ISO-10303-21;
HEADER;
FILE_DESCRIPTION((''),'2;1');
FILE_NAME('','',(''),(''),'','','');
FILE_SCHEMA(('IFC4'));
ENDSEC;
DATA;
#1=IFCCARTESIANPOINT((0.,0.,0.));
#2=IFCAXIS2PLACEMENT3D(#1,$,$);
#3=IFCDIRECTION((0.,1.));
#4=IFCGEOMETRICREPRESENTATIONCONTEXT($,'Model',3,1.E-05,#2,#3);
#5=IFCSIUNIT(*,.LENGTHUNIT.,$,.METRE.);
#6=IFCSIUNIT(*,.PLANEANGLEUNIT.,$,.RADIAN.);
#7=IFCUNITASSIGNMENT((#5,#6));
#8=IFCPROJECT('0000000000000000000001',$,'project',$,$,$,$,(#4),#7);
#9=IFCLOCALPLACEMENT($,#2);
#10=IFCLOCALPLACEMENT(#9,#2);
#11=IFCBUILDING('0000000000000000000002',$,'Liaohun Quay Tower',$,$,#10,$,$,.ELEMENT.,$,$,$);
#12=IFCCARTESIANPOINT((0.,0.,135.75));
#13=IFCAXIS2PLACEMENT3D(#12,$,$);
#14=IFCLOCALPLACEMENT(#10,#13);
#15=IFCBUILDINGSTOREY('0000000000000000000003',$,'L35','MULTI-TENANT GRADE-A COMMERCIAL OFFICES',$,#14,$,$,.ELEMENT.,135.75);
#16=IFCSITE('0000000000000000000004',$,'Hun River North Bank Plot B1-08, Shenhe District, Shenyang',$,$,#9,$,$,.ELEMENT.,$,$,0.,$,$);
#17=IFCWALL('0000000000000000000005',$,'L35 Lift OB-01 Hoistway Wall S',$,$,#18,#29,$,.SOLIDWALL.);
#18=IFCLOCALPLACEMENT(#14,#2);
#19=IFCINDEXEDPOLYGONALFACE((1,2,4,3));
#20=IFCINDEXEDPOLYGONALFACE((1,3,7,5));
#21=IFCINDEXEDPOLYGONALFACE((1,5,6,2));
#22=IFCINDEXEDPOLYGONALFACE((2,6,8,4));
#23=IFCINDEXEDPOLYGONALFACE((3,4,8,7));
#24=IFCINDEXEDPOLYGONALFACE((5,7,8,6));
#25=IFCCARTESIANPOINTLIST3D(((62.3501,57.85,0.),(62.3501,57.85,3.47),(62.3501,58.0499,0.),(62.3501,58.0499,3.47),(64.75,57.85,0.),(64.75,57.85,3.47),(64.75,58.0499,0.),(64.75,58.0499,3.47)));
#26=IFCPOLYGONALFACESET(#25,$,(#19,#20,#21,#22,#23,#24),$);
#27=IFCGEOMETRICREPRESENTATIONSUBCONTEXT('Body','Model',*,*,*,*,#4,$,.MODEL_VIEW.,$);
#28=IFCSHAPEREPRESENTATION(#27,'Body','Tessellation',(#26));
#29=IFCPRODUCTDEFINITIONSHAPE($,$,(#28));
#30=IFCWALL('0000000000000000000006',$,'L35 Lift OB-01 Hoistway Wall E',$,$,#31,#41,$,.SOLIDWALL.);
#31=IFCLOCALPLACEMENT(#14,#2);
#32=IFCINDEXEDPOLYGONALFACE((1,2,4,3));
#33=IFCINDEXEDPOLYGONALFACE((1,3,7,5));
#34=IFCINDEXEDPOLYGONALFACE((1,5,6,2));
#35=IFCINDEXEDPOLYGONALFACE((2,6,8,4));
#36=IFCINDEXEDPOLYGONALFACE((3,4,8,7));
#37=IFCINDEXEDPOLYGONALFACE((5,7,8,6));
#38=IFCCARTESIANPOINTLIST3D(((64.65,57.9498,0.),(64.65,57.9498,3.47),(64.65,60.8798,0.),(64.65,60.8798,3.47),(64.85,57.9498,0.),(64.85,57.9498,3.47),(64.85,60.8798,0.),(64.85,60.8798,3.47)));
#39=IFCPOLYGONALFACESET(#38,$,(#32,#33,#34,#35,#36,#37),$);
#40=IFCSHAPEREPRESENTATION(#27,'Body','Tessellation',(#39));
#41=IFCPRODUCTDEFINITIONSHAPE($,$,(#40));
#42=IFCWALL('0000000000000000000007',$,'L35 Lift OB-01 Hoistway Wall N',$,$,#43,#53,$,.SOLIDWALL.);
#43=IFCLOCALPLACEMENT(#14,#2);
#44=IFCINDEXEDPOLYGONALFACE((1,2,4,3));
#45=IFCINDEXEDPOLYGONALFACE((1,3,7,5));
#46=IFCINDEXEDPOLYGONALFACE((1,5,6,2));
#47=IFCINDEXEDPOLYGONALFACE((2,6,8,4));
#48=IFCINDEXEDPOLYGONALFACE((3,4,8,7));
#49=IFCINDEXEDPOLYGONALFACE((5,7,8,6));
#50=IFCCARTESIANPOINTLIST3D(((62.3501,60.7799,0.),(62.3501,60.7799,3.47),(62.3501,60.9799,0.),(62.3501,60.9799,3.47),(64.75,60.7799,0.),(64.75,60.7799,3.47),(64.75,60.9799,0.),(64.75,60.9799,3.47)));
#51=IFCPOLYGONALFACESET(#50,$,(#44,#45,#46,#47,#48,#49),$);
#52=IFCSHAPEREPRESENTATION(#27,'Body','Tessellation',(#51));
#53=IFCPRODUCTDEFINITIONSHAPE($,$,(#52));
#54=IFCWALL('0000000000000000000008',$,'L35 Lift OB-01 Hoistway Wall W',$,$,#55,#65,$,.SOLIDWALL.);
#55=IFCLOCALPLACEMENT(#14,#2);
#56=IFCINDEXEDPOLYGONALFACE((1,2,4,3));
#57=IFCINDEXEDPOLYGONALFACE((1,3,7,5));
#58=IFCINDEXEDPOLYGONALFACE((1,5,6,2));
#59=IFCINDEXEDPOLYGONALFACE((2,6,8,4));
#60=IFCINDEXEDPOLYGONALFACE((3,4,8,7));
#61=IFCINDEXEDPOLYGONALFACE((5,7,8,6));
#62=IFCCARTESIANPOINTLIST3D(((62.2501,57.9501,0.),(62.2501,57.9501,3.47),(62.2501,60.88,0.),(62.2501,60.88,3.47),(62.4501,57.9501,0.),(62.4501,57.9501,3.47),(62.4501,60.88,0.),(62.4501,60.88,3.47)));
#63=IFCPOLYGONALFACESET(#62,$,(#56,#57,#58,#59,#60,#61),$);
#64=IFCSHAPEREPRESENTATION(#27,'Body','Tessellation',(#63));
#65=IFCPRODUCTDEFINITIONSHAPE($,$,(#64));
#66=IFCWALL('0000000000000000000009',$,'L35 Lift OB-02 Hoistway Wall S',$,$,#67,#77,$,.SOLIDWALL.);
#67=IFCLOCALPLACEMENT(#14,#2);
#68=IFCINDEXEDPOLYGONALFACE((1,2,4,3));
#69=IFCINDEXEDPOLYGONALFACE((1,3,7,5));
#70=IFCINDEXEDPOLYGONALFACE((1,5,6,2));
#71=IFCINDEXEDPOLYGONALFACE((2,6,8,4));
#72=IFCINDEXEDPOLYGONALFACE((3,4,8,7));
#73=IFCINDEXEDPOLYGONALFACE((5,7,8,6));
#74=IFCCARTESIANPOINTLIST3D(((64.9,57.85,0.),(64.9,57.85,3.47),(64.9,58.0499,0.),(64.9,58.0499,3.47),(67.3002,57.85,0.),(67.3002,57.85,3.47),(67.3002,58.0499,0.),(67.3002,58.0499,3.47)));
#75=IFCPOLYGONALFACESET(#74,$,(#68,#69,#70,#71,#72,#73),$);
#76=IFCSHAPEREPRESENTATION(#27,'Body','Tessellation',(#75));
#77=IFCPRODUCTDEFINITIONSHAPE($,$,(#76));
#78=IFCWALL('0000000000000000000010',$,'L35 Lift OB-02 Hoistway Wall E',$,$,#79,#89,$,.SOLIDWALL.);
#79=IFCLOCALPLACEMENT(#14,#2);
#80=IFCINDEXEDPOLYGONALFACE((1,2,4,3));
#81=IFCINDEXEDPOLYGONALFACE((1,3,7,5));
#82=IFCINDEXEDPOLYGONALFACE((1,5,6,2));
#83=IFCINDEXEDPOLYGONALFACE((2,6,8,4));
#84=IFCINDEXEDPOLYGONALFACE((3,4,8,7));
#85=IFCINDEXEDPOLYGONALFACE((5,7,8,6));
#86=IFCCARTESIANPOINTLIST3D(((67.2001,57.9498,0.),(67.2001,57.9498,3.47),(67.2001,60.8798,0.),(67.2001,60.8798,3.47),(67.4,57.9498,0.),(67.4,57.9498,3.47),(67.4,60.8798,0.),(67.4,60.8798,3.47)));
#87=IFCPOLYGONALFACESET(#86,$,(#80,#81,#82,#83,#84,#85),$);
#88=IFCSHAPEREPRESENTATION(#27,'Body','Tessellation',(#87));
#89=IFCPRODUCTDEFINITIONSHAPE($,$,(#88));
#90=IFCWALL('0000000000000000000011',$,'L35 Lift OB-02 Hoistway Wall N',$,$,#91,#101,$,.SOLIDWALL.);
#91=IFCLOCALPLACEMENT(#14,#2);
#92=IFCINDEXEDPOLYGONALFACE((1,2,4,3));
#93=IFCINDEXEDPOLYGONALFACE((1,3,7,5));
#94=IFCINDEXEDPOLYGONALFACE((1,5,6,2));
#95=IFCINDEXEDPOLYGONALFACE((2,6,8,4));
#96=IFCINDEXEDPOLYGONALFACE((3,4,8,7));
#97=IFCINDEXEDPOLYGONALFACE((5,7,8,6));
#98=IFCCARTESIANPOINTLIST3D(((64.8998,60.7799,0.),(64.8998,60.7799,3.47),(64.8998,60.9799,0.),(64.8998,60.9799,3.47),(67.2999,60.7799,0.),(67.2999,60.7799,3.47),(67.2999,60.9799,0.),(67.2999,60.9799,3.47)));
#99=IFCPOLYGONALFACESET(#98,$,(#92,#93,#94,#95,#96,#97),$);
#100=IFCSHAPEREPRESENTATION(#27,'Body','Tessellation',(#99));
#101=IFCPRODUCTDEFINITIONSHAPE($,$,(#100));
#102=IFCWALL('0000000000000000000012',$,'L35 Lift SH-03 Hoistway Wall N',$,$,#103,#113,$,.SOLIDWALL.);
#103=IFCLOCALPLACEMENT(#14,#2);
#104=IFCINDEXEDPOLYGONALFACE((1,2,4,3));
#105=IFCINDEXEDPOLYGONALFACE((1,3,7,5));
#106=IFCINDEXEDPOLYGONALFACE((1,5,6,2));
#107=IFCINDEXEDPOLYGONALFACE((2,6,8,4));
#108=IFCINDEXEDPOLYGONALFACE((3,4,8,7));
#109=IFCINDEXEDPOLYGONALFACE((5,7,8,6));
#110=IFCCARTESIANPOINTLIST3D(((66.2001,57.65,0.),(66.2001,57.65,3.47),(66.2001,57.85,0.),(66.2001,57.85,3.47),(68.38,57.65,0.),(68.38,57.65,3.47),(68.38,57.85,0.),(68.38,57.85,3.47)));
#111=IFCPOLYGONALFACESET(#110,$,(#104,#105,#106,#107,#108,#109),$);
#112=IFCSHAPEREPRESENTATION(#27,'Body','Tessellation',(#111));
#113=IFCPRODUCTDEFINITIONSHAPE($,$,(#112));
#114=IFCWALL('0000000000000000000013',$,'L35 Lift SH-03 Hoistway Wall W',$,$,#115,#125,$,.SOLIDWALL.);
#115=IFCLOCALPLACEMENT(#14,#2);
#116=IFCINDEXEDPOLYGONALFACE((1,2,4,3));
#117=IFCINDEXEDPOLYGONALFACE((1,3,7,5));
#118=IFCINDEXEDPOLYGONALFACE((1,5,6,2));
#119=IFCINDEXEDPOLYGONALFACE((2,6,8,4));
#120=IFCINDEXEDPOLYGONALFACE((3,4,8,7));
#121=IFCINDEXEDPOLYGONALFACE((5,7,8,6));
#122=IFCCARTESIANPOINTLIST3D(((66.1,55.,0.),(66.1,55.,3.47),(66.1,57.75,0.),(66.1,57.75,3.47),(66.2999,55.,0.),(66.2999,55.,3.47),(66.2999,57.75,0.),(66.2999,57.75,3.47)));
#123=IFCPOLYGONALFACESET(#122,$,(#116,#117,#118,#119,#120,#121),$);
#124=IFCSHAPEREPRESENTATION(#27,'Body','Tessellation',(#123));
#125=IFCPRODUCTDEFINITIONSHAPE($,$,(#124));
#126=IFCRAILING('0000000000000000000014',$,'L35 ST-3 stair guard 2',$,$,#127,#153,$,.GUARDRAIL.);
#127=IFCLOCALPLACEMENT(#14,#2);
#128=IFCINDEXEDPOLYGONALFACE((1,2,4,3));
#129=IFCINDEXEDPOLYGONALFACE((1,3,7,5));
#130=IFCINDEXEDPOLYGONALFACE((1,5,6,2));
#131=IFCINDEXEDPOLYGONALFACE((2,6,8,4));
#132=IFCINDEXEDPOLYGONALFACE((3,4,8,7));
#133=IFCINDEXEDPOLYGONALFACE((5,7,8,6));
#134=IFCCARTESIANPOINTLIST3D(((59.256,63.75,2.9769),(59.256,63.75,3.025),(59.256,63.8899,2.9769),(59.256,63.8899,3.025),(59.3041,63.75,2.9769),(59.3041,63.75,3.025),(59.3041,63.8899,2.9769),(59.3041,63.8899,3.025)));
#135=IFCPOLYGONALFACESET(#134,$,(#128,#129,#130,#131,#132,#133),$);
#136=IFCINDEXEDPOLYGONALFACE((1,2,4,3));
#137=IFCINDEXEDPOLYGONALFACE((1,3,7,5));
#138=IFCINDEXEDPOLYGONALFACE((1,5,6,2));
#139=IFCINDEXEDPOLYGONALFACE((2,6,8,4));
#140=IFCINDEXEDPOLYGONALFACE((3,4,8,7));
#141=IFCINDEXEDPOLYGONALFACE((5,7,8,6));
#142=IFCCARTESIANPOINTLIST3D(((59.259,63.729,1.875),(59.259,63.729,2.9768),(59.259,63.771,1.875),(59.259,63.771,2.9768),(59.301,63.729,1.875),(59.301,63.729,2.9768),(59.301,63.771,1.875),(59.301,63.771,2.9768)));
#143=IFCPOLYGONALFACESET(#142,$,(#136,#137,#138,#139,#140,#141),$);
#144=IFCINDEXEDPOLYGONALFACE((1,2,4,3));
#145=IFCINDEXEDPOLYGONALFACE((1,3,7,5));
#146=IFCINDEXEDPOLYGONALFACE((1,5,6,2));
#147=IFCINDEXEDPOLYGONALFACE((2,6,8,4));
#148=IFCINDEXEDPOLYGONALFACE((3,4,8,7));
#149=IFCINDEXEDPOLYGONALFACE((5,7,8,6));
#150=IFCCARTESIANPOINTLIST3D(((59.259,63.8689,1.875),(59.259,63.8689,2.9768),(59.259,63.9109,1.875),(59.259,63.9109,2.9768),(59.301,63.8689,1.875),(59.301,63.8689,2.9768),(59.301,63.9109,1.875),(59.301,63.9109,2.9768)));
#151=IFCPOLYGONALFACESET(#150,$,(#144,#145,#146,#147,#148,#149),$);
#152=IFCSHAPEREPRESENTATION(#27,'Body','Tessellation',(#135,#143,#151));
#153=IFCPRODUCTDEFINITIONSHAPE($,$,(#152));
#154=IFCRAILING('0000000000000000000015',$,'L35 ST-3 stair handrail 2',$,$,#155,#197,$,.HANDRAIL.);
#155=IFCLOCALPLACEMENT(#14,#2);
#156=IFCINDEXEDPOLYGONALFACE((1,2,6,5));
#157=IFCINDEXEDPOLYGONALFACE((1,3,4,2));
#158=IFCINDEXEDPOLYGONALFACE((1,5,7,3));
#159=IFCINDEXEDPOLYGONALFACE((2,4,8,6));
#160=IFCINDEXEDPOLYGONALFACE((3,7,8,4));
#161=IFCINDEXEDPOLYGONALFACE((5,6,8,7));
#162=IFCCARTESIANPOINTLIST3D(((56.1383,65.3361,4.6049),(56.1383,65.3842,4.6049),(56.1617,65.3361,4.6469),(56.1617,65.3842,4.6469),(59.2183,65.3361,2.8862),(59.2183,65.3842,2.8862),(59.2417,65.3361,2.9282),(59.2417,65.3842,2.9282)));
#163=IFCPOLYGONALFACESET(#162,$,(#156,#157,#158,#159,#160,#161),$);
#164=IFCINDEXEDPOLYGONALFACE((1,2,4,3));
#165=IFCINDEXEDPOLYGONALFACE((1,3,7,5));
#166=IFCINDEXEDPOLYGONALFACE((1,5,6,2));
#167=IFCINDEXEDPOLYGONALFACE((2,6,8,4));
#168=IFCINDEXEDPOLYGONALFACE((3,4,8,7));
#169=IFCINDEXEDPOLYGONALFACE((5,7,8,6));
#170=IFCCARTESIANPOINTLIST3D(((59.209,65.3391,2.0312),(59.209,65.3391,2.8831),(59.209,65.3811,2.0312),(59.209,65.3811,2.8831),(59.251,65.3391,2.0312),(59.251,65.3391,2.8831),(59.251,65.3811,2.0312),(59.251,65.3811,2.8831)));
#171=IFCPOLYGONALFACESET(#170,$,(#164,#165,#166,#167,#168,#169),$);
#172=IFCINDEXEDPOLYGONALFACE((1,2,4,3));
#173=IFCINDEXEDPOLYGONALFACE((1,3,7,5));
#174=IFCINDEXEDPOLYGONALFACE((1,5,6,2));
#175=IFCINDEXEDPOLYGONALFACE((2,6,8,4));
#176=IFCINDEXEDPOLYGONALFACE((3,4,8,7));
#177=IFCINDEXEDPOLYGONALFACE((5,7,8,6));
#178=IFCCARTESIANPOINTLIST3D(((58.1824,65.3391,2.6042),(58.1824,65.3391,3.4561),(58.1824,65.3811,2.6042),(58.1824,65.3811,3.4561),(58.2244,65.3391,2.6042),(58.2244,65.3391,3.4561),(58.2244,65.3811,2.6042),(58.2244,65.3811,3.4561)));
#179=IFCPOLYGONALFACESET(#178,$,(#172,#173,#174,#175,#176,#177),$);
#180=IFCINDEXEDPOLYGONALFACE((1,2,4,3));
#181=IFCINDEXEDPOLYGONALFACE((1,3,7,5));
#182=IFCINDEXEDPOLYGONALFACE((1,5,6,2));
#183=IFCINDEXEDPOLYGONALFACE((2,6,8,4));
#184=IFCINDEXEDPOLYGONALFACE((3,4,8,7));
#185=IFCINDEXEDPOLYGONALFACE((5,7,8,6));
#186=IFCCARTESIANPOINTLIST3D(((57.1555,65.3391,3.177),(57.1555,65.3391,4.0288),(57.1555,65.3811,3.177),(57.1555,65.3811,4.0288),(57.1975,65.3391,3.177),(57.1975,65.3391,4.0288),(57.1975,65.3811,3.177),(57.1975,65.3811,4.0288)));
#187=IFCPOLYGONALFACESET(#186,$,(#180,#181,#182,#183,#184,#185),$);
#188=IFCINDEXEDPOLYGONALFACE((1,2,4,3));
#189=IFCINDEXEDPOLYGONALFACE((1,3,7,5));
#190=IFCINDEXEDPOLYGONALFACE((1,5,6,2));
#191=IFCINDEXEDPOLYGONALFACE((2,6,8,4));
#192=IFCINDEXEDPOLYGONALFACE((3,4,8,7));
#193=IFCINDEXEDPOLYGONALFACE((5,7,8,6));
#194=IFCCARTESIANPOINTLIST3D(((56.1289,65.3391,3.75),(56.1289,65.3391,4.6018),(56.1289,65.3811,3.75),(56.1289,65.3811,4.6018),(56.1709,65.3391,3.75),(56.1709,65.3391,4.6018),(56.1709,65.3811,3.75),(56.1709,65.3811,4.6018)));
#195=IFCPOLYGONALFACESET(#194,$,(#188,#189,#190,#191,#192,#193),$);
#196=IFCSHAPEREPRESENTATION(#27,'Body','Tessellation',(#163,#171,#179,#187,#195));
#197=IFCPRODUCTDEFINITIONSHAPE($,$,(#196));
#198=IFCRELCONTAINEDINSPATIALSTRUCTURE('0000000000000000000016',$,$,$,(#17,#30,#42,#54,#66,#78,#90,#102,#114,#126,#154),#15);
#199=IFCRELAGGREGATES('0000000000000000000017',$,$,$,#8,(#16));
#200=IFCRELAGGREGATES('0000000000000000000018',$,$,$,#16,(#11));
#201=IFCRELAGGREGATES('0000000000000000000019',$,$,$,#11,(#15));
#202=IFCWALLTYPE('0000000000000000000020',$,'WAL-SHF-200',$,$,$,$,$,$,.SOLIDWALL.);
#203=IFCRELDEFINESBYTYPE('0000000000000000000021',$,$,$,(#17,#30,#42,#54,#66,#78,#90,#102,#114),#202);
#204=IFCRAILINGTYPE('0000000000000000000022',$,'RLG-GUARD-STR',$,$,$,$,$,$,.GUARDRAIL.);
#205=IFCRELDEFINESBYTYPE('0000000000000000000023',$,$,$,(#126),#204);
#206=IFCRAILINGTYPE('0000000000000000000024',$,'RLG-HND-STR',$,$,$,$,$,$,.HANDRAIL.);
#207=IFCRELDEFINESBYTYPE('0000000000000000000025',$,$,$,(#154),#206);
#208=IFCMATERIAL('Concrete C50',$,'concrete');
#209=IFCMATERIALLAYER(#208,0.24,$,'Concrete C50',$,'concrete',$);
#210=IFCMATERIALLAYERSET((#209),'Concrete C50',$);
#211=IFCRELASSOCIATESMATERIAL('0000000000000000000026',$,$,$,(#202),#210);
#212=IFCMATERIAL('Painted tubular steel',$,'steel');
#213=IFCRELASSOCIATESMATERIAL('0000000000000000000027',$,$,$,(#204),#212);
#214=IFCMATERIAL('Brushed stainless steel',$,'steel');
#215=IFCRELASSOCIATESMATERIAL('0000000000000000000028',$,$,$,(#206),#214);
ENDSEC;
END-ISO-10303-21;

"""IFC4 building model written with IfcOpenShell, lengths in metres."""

from ifc_helpers import new_model, si_unit, direction, frame, frame_2d, origin, origin_2d, place, context, subcontext, project, spatial, rectangle, extrude, material, layer, layer_set, type_object, element, save


model = new_model("IFC4")

# Units and contexts
model_context = context("Model", 3, precision=1e-05, world=origin(), true_north=direction((0.0, 1.0)))
body_context = subcontext(model_context, "Body", "Model", "MODEL_VIEW")
ifc_project = project(units=[si_unit("LENGTHUNIT", "METRE"), si_unit("PLANEANGLEUNIT", "RADIAN")], contexts=[model_context])

# Site, building, storey
site_placement = place(None, origin())
site = spatial("IfcSite", under=ifc_project, at=site_placement, Name="Hun River North Bank Plot B1-08, Shenhe District, Shenyang", CompositionType="ELEMENT", RefElevation=0.0)
building_placement = place(site_placement, origin())
building = spatial("IfcBuilding", under=site, at=building_placement, Name="Liaohun Quay Tower", CompositionType="ELEMENT")
storey_placement = place(building_placement, frame((0.0, 0.0, 135.75)))
storey = spatial("IfcBuildingStorey", under=building, at=storey_placement, Name="L35", Description="MULTI-TENANT GRADE-A COMMERCIAL OFFICES", CompositionType="ELEMENT", Elevation=135.75)

# Shared definitions
ifc_material_1 = material(Name="Concrete C50", Category="concrete")
ifc_layer_1 = layer(ifc_material_1, 0.24, Name="Concrete C50", Category="concrete")
ifc_layer_set_1 = layer_set([ifc_layer_1], Name="Concrete C50")
wall_type_1 = type_object("IfcWallType", Name="WAL-SHF-200", PredefinedType="SOLIDWALL", material=ifc_layer_set_1)

# Walls
wall_1_placement = place(storey_placement, frame((62.3501, 57.95, 0.0), z_axis=(0.0, 0.0, 1.0), x_axis=(1.0, 0.0, 0.0)))
element("IfcWall", 1, at=wall_1_placement, inside=storey, type_object=wall_type_1, Name="L35 Lift OB-01 Hoistway Wall S", PredefinedType="SOLIDWALL", context=body_context, shape_type="SweptSolid", body=[
    extrude(rectangle(XDim=2.3999, YDim=0.2, at=frame_2d((1.2, 0.0))), origin(), (0.0, 0.0, 1.0), 3.47),
])
wall_2_placement = place(storey_placement, frame((64.75, 57.95, 0.0), z_axis=(0.0, 0.0, 1.0), x_axis=(0.0, 1.0, 0.0)))
element("IfcWall", 2, at=wall_2_placement, inside=storey, type_object=wall_type_1, Name="L35 Lift OB-01 Hoistway Wall E", PredefinedType="SOLIDWALL", context=body_context, shape_type="SweptSolid", body=[
    extrude(rectangle(XDim=2.9299, YDim=0.2, at=frame_2d((1.4648, 0.0))), origin(), (0.0, 0.0, 1.0), 3.47),
])
wall_3_placement = place(storey_placement, frame((64.75, 60.8799, 0.0), z_axis=(0.0, 0.0, 1.0), x_axis=(-1.0, 0.0, 0.0)))
element("IfcWall", 3, at=wall_3_placement, inside=storey, type_object=wall_type_1, Name="L35 Lift OB-01 Hoistway Wall N", PredefinedType="SOLIDWALL", context=body_context, shape_type="SweptSolid", body=[
    extrude(rectangle(XDim=2.3999, YDim=0.2, at=frame_2d((1.2, 0.0))), origin(), (0.0, 0.0, 1.0), 3.47),
])
wall_4_placement = place(storey_placement, frame((62.3501, 60.8799, 0.0), z_axis=(0.0, 0.0, 1.0), x_axis=(0.0, -1.0, 0.0)))
element("IfcWall", 4, at=wall_4_placement, inside=storey, type_object=wall_type_1, Name="L35 Lift OB-01 Hoistway Wall W", PredefinedType="SOLIDWALL", context=body_context, shape_type="SweptSolid", body=[
    extrude(rectangle(XDim=2.9299, YDim=0.2, at=frame_2d((1.4648, 0.0))), origin(), (0.0, 0.0, 1.0), 3.47),
])
wall_5_placement = place(storey_placement, frame((64.8999, 57.95, 0.0), z_axis=(0.0, 0.0, 1.0), x_axis=(1.0, 0.0, 0.0)))
element("IfcWall", 5, at=wall_5_placement, inside=storey, type_object=wall_type_1, Name="L35 Lift OB-02 Hoistway Wall S", PredefinedType="SOLIDWALL", context=body_context, shape_type="SweptSolid", body=[
    extrude(rectangle(XDim=2.4001, YDim=0.2, at=frame_2d((1.2002, 0.0))), origin(), (0.0, 0.0, 1.0), 3.47),
])
wall_6_placement = place(storey_placement, frame((67.3, 57.95, 0.0), z_axis=(0.0, 0.0, 1.0), x_axis=(0.0, 1.0, 0.0)))
element("IfcWall", 6, at=wall_6_placement, inside=storey, type_object=wall_type_1, Name="L35 Lift OB-02 Hoistway Wall E", PredefinedType="SOLIDWALL", context=body_context, shape_type="SweptSolid", body=[
    extrude(rectangle(XDim=2.9299, YDim=0.2, at=frame_2d((1.4648, 0.0))), origin(), (0.0, 0.0, 1.0), 3.47),
])
wall_7_placement = place(storey_placement, frame((67.3, 60.8799, 0.0), z_axis=(0.0, 0.0, 1.0), x_axis=(-1.0, 0.0, 0.0)))
element("IfcWall", 7, at=wall_7_placement, inside=storey, type_object=wall_type_1, Name="L35 Lift OB-02 Hoistway Wall N", PredefinedType="SOLIDWALL", context=body_context, shape_type="SweptSolid", body=[
    extrude(rectangle(XDim=2.4001, YDim=0.2, at=frame_2d((1.2002, 0.0))), origin(), (0.0, 0.0, 1.0), 3.47),
])
wall_8_placement = place(storey_placement, frame((68.3799, 57.75, 0.0), z_axis=(0.0, 0.0, 1.0), x_axis=(-1.0, 0.0, 0.0)))
element("IfcWall", 8, at=wall_8_placement, inside=storey, type_object=wall_type_1, Name="L35 Lift SH-03 Hoistway Wall N", PredefinedType="SOLIDWALL", context=body_context, shape_type="SweptSolid", body=[
    extrude(rectangle(XDim=2.1799, YDim=0.2, at=frame_2d((1.0898, 0.0))), origin(), (0.0, 0.0, 1.0), 3.47),
])
wall_9_placement = place(storey_placement, frame((66.2, 57.75, 0.0), z_axis=(0.0, 0.0, 1.0), x_axis=(0.0, -1.0, 0.0)))
element("IfcWall", 9, at=wall_9_placement, inside=storey, type_object=wall_type_1, Name="L35 Lift SH-03 Hoistway Wall W", PredefinedType="SOLIDWALL", context=body_context, shape_type="SweptSolid", body=[
    extrude(rectangle(XDim=2.75, YDim=0.2, at=frame_2d((1.375, 0.0))), origin(), (0.0, 0.0, 1.0), 3.47),
])

# Railings
ifc_material_2 = material(Name="Painted tubular steel", Category="steel")
railing_type_1 = type_object("IfcRailingType", Name="RLG-GUARD-STR", PredefinedType="GUARDRAIL", material=ifc_material_2)
railing_1_placement = place(storey_placement, frame((59.28, 63.75, 1.875)))
element("IfcRailing", 10, at=railing_1_placement, inside=storey, type_object=railing_type_1, Name="L35 ST-3 stair guard 2", PredefinedType="GUARDRAIL", context=body_context, shape_type="SweptSolid", body=[
    extrude(rectangle(XDim=0.0481, YDim=0.0481, at=origin_2d()), frame((0.0, 0.0, 1.126), z_axis=(0.0, 1.0, 0.0), x_axis=(-1.0, 0.0, 0.0)), (0.0, 0.0, 1.0), 0.1399),
    extrude(rectangle(XDim=0.042, YDim=0.042, at=origin_2d()), origin(), (0.0, 0.0, 1.0), 1.1018),
    extrude(rectangle(XDim=0.042, YDim=0.042, at=origin_2d()), frame((0.0, 0.1399, 0.0)), (0.0, 0.0, 1.0), 1.1018),
])
ifc_material_3 = material(Name="Brushed stainless steel", Category="steel")
railing_type_2 = type_object("IfcRailingType", Name="RLG-HND-STR", PredefinedType="HANDRAIL", material=ifc_material_3)
railing_2_placement = place(storey_placement, frame((59.23, 65.3601, 2.0312)))
element("IfcRailing", 11, at=railing_2_placement, inside=storey, type_object=railing_type_2, Name="L35 ST-3 stair handrail 2", PredefinedType="HANDRAIL", context=body_context, shape_type="SweptSolid", body=[
    extrude(rectangle(XDim=0.0481, YDim=0.0481, at=origin_2d()), frame((0.0, 0.0, 0.876), z_axis=(-0.873242, 0.0, 0.487288), x_axis=(0.0, -1.0, 0.0)), (0.0, 0.0, 1.0), 3.5271),
    extrude(rectangle(XDim=0.042, YDim=0.042, at=origin_2d()), origin(), (0.0, 0.0, 1.0), 0.8518),
    extrude(rectangle(XDim=0.042, YDim=0.042, at=origin_2d()), frame((-1.0266, 0.0, 0.573)), (0.0, 0.0, 1.0), 0.8518),
    extrude(rectangle(XDim=0.042, YDim=0.042, at=origin_2d()), frame((-2.0535, 0.0, 1.1458)), (0.0, 0.0, 1.0), 0.8518),
    extrude(rectangle(XDim=0.042, YDim=0.042, at=origin_2d()), frame((-3.0801, 0.0, 1.7188)), (0.0, 0.0, 1.0), 0.8518),
])

save(model, "model.ifc")
